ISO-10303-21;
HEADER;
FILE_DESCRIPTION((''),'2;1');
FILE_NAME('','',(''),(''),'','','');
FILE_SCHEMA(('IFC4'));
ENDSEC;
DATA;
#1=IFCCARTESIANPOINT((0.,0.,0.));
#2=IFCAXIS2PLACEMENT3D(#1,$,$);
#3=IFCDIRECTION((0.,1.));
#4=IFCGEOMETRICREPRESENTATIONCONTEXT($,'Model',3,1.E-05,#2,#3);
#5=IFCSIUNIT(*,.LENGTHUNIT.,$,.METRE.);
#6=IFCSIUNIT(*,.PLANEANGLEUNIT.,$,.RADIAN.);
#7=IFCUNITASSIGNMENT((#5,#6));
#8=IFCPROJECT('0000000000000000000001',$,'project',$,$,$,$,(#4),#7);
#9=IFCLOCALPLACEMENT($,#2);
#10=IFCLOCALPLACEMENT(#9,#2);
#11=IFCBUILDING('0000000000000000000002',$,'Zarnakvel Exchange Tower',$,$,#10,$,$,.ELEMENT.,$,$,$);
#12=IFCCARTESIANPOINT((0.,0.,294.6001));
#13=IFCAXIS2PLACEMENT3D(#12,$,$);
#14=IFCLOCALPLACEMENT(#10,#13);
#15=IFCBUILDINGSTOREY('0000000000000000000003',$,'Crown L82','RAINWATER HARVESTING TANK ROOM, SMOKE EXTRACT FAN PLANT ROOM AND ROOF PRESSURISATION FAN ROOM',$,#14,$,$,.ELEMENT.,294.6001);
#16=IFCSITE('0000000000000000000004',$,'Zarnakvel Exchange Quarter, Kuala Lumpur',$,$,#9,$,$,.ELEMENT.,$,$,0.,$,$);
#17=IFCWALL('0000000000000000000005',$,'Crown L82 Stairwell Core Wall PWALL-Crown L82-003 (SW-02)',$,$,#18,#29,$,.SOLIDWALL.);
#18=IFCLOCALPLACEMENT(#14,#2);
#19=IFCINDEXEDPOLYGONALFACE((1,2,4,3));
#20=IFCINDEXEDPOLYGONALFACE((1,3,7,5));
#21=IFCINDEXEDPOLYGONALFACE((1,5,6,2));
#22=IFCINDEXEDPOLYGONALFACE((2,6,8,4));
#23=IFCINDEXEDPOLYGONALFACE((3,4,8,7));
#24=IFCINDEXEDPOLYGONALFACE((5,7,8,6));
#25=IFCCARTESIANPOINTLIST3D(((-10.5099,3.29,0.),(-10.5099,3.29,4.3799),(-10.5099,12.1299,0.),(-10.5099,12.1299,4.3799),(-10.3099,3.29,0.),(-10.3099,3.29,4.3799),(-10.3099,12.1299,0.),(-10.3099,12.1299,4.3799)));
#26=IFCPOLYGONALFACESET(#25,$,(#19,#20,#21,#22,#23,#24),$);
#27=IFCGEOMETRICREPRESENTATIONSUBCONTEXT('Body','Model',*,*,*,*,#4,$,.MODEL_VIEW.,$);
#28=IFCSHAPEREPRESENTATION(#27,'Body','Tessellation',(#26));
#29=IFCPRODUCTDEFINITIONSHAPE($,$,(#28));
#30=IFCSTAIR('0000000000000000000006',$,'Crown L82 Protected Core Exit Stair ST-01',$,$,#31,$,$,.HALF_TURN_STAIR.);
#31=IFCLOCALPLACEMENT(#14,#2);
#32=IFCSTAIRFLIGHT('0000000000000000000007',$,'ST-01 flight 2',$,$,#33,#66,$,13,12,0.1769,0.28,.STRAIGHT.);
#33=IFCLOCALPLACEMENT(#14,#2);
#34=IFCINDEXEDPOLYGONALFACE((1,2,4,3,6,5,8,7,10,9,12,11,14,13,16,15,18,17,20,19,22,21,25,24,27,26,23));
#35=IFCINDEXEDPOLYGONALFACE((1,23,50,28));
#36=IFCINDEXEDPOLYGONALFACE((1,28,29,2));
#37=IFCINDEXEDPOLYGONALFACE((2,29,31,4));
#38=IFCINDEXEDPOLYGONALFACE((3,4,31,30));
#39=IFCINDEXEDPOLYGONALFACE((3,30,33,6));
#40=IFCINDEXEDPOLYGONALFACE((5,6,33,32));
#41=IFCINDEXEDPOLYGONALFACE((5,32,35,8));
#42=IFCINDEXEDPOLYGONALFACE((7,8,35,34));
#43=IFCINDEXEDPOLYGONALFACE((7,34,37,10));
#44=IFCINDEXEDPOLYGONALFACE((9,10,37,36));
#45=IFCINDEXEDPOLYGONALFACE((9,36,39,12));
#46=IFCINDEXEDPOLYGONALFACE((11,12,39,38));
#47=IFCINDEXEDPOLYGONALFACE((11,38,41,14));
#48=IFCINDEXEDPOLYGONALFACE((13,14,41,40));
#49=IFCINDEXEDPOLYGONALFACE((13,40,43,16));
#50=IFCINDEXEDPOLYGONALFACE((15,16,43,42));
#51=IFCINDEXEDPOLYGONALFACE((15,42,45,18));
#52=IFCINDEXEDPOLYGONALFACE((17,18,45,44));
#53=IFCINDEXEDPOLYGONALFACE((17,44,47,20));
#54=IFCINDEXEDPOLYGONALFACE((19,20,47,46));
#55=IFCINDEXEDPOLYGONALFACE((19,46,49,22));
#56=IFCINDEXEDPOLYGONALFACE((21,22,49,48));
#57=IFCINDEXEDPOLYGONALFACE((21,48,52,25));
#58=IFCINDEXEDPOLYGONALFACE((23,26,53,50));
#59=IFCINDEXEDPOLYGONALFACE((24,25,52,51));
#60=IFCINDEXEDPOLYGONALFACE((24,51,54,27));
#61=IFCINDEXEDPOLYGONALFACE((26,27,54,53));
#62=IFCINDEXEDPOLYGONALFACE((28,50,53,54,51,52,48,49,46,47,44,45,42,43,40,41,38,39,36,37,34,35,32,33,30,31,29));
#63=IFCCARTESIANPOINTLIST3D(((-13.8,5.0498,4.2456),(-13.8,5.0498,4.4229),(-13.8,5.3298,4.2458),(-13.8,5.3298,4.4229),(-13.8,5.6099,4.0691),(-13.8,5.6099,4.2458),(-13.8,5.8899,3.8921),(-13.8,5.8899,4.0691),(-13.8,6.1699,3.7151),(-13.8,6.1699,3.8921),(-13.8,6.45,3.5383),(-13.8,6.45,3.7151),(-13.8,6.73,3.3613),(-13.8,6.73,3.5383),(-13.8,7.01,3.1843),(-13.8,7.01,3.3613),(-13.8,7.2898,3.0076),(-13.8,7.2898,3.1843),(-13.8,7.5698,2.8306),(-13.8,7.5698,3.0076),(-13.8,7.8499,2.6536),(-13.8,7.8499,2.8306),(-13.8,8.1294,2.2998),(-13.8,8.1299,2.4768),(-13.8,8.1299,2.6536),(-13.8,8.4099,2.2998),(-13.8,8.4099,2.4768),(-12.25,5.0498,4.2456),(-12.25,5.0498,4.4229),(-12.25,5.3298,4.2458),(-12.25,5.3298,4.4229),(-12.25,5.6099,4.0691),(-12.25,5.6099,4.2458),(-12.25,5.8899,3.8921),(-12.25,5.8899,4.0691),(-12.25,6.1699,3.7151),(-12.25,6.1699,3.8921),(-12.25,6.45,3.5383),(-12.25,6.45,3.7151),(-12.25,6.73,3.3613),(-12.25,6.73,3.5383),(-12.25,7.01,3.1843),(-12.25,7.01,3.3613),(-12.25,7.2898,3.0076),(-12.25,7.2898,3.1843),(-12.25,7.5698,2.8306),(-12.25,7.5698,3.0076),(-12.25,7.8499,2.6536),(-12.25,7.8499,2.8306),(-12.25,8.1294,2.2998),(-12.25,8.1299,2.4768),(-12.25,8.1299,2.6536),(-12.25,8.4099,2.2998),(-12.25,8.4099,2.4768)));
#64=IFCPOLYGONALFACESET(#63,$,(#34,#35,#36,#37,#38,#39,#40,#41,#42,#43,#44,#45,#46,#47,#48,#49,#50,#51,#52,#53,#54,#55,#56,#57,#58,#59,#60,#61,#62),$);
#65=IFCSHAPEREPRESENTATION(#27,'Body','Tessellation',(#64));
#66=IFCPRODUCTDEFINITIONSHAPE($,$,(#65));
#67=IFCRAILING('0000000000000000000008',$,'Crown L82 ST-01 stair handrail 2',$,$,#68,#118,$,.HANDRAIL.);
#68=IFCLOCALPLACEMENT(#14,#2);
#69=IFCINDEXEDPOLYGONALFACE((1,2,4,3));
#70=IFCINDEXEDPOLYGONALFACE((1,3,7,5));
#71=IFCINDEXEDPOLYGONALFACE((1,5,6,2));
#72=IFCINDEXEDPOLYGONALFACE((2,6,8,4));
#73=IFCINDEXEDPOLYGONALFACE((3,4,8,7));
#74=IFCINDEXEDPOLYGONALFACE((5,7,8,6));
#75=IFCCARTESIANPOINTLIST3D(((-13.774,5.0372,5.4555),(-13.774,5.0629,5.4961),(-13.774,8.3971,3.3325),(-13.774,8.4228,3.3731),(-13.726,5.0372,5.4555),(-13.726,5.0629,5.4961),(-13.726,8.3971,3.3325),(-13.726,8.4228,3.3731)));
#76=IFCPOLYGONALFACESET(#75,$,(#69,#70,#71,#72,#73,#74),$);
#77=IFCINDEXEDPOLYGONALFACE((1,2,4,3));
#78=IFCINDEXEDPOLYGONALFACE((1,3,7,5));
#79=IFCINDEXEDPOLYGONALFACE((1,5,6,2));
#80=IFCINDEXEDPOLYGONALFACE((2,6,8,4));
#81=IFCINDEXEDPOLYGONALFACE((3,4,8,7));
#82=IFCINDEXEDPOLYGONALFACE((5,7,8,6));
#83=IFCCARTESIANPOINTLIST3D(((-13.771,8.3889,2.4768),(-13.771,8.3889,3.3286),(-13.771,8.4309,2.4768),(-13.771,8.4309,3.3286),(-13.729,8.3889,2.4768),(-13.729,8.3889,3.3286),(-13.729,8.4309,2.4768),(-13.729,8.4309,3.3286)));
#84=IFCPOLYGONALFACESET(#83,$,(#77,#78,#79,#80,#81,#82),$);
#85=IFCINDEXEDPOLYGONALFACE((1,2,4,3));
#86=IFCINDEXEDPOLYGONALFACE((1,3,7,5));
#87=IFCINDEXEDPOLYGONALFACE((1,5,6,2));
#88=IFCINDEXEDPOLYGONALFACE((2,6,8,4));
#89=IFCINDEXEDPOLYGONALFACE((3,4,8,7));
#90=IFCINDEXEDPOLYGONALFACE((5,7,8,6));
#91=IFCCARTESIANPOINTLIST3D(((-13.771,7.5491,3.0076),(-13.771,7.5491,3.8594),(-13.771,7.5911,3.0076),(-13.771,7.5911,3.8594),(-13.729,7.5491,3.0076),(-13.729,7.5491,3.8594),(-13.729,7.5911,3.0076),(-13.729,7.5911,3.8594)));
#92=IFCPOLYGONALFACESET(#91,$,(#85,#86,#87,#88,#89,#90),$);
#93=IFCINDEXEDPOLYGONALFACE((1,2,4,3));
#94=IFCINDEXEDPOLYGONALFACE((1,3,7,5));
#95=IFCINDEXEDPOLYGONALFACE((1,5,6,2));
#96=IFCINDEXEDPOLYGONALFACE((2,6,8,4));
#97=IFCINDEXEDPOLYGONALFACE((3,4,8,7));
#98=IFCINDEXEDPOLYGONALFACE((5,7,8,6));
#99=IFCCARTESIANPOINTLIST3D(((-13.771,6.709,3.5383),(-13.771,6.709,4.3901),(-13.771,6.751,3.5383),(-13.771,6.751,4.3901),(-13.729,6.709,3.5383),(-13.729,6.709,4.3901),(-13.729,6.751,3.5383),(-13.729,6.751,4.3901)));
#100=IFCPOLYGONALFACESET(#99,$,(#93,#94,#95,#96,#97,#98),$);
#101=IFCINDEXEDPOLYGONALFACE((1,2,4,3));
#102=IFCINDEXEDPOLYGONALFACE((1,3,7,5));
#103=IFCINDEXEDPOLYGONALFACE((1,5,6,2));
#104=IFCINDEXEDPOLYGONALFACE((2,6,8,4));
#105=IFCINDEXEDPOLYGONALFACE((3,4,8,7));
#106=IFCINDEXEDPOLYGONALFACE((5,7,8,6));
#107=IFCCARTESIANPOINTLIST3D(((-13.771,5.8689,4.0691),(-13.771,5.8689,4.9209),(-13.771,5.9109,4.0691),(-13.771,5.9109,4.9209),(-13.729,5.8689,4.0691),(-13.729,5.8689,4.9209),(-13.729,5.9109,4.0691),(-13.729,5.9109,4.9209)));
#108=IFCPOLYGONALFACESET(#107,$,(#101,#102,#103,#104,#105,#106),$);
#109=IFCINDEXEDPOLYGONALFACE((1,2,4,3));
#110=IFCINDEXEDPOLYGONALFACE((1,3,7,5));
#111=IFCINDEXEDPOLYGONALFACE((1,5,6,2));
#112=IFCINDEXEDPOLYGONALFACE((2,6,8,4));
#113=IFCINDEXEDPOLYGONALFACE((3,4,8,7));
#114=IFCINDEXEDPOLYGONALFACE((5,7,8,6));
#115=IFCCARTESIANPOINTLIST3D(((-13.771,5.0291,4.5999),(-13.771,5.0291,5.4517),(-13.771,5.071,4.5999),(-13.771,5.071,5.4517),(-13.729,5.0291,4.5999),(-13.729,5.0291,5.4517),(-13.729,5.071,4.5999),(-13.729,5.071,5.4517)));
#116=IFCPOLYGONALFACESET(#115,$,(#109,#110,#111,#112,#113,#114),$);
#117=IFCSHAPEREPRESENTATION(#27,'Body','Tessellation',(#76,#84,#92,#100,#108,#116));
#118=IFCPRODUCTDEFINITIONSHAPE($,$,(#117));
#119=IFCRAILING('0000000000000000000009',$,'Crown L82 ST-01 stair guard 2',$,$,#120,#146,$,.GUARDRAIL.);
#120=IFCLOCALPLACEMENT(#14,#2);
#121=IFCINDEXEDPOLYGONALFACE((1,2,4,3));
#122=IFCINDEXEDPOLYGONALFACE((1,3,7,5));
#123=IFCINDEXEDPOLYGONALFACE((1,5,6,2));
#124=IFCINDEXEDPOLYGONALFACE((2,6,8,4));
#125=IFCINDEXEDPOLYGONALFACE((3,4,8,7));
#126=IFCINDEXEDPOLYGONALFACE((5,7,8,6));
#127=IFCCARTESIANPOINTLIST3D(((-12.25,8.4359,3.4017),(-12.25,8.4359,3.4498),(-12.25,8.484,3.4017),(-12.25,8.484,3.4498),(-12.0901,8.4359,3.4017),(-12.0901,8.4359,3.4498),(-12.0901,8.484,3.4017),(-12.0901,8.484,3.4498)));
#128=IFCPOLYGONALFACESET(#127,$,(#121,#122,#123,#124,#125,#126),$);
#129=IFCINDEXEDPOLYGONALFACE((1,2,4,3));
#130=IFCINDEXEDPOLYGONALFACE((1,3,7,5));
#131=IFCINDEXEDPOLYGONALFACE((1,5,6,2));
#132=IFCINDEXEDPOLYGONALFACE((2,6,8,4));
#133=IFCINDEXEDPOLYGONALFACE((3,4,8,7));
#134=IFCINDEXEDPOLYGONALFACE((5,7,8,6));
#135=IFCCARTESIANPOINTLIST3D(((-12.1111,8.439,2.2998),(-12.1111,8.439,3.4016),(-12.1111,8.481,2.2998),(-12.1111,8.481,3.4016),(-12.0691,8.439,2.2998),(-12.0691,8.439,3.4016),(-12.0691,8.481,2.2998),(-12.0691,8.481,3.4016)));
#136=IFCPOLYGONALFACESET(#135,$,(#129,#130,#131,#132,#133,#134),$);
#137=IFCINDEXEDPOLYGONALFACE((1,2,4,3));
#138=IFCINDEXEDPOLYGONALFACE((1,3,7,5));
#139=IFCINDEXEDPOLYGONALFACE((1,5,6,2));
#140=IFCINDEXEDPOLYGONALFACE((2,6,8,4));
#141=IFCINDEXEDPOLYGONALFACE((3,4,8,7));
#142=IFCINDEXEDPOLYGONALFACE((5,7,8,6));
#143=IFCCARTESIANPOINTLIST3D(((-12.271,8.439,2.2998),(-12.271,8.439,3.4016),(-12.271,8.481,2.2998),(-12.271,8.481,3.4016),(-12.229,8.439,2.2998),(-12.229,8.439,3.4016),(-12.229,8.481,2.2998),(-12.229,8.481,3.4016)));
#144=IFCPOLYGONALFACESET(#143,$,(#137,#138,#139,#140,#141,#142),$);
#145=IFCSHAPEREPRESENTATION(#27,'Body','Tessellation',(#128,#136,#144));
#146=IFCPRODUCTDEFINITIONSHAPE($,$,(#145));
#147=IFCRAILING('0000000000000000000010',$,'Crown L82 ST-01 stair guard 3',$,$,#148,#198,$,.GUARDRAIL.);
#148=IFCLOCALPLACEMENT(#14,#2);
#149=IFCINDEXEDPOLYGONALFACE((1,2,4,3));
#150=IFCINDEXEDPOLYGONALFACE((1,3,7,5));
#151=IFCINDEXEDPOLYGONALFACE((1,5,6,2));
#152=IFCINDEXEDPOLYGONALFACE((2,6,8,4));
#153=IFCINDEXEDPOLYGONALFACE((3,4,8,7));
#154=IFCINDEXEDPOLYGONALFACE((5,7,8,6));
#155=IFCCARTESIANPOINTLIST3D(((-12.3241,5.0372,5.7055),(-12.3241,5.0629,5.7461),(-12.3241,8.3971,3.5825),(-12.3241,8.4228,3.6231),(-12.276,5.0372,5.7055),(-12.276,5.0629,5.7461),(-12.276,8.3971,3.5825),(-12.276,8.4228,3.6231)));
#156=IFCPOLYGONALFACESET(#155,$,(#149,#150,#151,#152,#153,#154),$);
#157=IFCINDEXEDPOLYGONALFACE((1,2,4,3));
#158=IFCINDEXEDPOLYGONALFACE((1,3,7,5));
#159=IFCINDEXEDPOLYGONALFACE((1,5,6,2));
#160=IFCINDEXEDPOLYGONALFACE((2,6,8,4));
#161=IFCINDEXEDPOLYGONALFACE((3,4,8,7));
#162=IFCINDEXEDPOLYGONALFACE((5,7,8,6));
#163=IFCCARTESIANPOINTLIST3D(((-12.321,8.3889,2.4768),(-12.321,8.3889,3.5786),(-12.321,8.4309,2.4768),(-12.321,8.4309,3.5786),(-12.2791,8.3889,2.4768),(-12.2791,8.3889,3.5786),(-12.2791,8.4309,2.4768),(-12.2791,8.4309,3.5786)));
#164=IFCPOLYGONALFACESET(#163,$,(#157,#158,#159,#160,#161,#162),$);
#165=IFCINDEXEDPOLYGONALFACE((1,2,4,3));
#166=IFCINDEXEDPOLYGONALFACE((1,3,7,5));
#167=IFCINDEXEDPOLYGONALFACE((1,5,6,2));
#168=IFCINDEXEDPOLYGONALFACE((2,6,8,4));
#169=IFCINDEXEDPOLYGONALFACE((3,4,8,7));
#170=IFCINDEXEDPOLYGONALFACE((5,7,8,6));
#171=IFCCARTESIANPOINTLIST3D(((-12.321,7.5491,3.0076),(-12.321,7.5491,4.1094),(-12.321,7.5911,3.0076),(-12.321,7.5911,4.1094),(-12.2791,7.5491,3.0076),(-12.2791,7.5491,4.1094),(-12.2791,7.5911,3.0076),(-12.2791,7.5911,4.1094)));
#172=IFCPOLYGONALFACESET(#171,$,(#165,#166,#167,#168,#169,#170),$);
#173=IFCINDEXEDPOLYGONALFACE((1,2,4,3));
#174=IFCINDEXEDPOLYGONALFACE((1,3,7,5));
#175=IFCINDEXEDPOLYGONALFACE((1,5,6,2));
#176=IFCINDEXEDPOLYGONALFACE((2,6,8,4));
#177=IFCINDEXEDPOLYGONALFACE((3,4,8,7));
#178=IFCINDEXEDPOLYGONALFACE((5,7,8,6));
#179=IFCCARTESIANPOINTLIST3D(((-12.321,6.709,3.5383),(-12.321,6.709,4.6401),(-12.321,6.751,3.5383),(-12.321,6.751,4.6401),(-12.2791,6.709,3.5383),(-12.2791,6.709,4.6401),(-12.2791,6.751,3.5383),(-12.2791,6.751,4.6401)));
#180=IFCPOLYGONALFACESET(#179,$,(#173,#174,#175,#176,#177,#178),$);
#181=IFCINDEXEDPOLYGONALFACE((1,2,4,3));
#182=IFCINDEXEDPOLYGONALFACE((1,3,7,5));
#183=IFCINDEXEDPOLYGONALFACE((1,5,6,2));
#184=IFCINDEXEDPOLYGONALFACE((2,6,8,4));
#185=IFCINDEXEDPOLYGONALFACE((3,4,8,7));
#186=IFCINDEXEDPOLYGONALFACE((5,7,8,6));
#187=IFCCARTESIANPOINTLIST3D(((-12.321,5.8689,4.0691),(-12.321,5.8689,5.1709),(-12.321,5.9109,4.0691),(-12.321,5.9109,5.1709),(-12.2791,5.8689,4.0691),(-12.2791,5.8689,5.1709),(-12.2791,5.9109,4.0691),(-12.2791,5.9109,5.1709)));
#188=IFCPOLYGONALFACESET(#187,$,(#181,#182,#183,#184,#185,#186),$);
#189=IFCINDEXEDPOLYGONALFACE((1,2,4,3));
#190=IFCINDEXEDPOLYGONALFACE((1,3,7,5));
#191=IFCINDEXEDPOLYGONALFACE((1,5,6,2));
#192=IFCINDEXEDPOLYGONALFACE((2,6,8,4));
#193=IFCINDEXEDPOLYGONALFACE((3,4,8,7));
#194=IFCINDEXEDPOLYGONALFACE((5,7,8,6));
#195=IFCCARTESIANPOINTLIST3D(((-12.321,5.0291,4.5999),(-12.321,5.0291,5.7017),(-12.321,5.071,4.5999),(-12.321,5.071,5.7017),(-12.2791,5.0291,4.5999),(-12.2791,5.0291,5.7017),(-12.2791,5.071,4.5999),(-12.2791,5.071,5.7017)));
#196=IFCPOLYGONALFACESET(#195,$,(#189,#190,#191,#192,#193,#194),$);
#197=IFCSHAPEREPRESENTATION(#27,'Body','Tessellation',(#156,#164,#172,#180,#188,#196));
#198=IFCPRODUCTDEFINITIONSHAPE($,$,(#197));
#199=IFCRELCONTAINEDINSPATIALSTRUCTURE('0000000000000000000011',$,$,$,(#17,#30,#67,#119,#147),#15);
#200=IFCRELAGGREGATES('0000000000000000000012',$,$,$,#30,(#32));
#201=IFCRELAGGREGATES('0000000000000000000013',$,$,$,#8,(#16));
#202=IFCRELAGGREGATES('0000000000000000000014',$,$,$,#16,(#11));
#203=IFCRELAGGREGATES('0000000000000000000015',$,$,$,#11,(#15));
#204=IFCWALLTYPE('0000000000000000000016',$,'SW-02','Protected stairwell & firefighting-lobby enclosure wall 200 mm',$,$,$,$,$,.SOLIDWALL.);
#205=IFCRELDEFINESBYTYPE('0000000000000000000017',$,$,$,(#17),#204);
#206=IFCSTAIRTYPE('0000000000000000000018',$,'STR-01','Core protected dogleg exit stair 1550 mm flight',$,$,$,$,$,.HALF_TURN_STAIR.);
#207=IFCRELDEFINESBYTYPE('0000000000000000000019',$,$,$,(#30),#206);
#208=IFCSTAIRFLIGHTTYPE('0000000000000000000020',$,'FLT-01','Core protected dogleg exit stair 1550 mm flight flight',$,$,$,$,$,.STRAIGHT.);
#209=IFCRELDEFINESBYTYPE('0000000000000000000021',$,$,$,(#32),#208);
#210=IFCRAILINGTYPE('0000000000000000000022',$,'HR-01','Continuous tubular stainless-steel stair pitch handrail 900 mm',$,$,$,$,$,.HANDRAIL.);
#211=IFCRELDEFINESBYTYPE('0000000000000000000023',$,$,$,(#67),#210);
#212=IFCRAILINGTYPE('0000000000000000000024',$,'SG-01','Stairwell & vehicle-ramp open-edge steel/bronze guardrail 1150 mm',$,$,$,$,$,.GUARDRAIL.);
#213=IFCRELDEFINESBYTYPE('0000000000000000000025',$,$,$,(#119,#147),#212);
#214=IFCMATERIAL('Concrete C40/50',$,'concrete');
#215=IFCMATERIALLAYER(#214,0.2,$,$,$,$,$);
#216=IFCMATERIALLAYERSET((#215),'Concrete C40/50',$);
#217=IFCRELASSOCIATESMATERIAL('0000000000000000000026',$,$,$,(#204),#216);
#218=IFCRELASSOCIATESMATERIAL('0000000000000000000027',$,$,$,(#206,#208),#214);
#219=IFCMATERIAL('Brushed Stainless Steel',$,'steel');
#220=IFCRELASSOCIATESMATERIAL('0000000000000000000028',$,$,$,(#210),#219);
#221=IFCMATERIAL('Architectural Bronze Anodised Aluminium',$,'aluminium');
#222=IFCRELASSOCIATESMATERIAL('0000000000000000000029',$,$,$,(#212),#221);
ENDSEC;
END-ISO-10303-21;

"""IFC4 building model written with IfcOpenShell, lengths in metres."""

from ifc_helpers import new_model, si_unit, direction, frame, frame_2d, origin, origin_2d, place, context, subcontext, project, spatial, polyline, rectangle, outline, extrude, material, layer, layer_set, type_object, element, aggregate, save


model = new_model("IFC4")

# Units and contexts
model_context = context("Model", 3, precision=1e-05, world=origin(), true_north=direction((0.0, 1.0)))
body_context = subcontext(model_context, "Body", "Model", "MODEL_VIEW")
ifc_project = project(units=[si_unit("LENGTHUNIT", "METRE"), si_unit("PLANEANGLEUNIT", "RADIAN")], contexts=[model_context])

# Site, building, storey
site_placement = place(None, origin())
site = spatial("IfcSite", under=ifc_project, at=site_placement, Name="Zarnakvel Exchange Quarter, Kuala Lumpur", CompositionType="ELEMENT", RefElevation=0.0)
building_placement = place(site_placement, origin())
building = spatial("IfcBuilding", under=site, at=building_placement, Name="Zarnakvel Exchange Tower", CompositionType="ELEMENT")
storey_placement = place(building_placement, frame((0.0, 0.0, 294.6001)))
storey = spatial("IfcBuildingStorey", under=building, at=storey_placement, Name="Crown L82", Description="RAINWATER HARVESTING TANK ROOM, SMOKE EXTRACT FAN PLANT ROOM AND ROOF PRESSURISATION FAN ROOM", CompositionType="ELEMENT", Elevation=294.6001)

# Shared definitions
ifc_material_1 = material(Name="Architectural Bronze Anodised Aluminium", Category="aluminium")

# Wall
ifc_material_2 = material(Name="Concrete C40/50", Category="concrete")
ifc_layer_1 = layer(ifc_material_2, 0.2)
ifc_layer_set_1 = layer_set([ifc_layer_1], Name="Concrete C40/50")
wall_type_1 = type_object("IfcWallType", Name="SW-02", Description="Protected stairwell & firefighting-lobby enclosure wall 200 mm", PredefinedType="SOLIDWALL", material=ifc_layer_set_1)
wall_1_placement = place(storey_placement, frame((-10.4099, 12.1299, 0.0), z_axis=(0.0, 0.0, 1.0), x_axis=(0.0, -1.0, 0.0)))
element("IfcWall", 1, at=wall_1_placement, inside=storey, type_object=wall_type_1, Name="Crown L82 Stairwell Core Wall PWALL-Crown L82-003 (SW-02)", PredefinedType="SOLIDWALL", context=body_context, shape_type="SweptSolid", body=[
    extrude(rectangle(XDim=8.8398, YDim=0.2, at=frame_2d((4.4199, 0.0))), origin(), (0.0, 0.0, 1.0), 4.3799),
])

# Stair, stair flight
stair_type = type_object("IfcStairType", Name="STR-01", Description="Core protected dogleg exit stair 1550 mm flight", PredefinedType="HALF_TURN_STAIR", material=ifc_material_2)
stair_placement = place(storey_placement, origin())
stair = element("IfcStair", 2, at=stair_placement, inside=storey, type_object=stair_type, Name="Crown L82 Protected Core Exit Stair ST-01", PredefinedType="HALF_TURN_STAIR")
stair_flight_type = type_object("IfcStairFlightType", Name="FLT-01", Description="Core protected dogleg exit stair 1550 mm flight flight", PredefinedType="STRAIGHT", material=ifc_material_2)
stair_flight_placement = place(storey_placement, frame((-13.0249, 8.4099, 2.2998), z_axis=(0.0, 0.0, 1.0), x_axis=(0.0, -1.0, 0.0)))
stair_flight = element("IfcStairFlight", 3, at=stair_flight_placement, type_object=stair_flight_type, Name="ST-01 flight 2", NumberOfRisers=13, NumberOfTreads=12, PredefinedType="STRAIGHT", RiserHeight=0.1769, TreadLength=0.28, context=body_context, shape_type="SweptSolid", body=[
    extrude(outline(polyline([(0.0, 0.0), (0.0, 0.177), (0.28, 0.177), (0.28, 0.3538), (0.5601, 0.3538), (0.5601, 0.5308), (0.8401, 0.5308), (0.8401, 0.7078), (1.1201, 0.7078), (1.1201, 0.8845), (1.3999, 0.8845), (1.3999, 1.0615), (1.6799, 1.0615), (1.6799, 1.2385), (1.96, 1.2385), (1.96, 1.4153), (2.24, 1.4153), (2.24, 1.5923), (2.52, 1.5923), (2.52, 1.7693), (2.8, 1.7693), (2.8, 1.946), (3.0801, 1.946), (3.0801, 2.123), (3.3601, 2.123), (3.3601, 2.3), (3.3601, 1.9458), (0.2805, 0.0), (0.0, 0.0)])), frame((0.0, 0.7749, 0.0), z_axis=(0.0, -1.0, 0.0), x_axis=(1.0, 0.0, 0.0)), (0.0, 0.0, 1.0), 1.55),
])
aggregate(stair, [stair_flight])

# Railings
ifc_material_3 = material(Name="Brushed Stainless Steel", Category="steel")
railing_type_1 = type_object("IfcRailingType", Name="HR-01", Description="Continuous tubular stainless-steel stair pitch handrail 900 mm", PredefinedType="HANDRAIL", material=ifc_material_3)
railing_1_placement = place(storey_placement, frame((-13.75, 8.4099, 2.4768)))
element("IfcRailing", 4, at=railing_1_placement, inside=storey, type_object=railing_type_1, Name="Crown L82 ST-01 stair handrail 2", PredefinedType="HANDRAIL", context=body_context, shape_type="SweptSolid", body=[
    extrude(rectangle(XDim=0.0481, YDim=0.0481, at=origin_2d()), frame((0.0, 0.0, 0.876), z_axis=(0.0, -0.845372, 0.534178), x_axis=(1.0, 0.0, 0.0)), (0.0, 0.0, 1.0), 3.9744),
    extrude(rectangle(XDim=0.042, YDim=0.042, at=origin_2d()), origin(), (0.0, 0.0, 1.0), 0.8518),
    extrude(rectangle(XDim=0.042, YDim=0.042, at=origin_2d()), frame((0.0, -0.8398, 0.5308)), (0.0, 0.0, 1.0), 0.8518),
    extrude(rectangle(XDim=0.042, YDim=0.042, at=origin_2d()), frame((0.0, -1.6799, 1.0615)), (0.0, 0.0, 1.0), 0.8518),
    extrude(rectangle(XDim=0.042, YDim=0.042, at=origin_2d()), frame((0.0, -2.52, 1.5923)), (0.0, 0.0, 1.0), 0.8518),
    extrude(rectangle(XDim=0.042, YDim=0.042, at=origin_2d()), frame((0.0, -3.3599, 2.123)), (0.0, 0.0, 1.0), 0.8518),
])
railing_type_2 = type_object("IfcRailingType", Name="SG-01", Description="Stairwell & vehicle-ramp open-edge steel/bronze guardrail 1150 mm", PredefinedType="GUARDRAIL", material=ifc_material_1)
railing_2_placement = place(storey_placement, frame((-12.0901, 8.46, 2.2998)))
element("IfcRailing", 5, at=railing_2_placement, inside=storey, type_object=railing_type_2, Name="Crown L82 ST-01 stair guard 2", PredefinedType="GUARDRAIL", context=body_context, shape_type="SweptSolid", body=[
    extrude(rectangle(XDim=0.0481, YDim=0.0481, at=origin_2d()), frame((0.0, 0.0, 1.126), z_axis=(-1.0, 0.0, 0.0), x_axis=(0.0, -1.0, 0.0)), (0.0, 0.0, 1.0), 0.1599),
    extrude(rectangle(XDim=0.042, YDim=0.042, at=origin_2d()), origin(), (0.0, 0.0, 1.0), 1.1018),
    extrude(rectangle(XDim=0.042, YDim=0.042, at=origin_2d()), frame((-0.1599, 0.0, 0.0)), (0.0, 0.0, 1.0), 1.1018),
])
railing_3_placement = place(storey_placement, frame((-12.3, 8.4099, 2.4768)))
element("IfcRailing", 6, at=railing_3_placement, inside=storey, type_object=railing_type_2, Name="Crown L82 ST-01 stair guard 3", PredefinedType="GUARDRAIL", context=body_context, shape_type="SweptSolid", body=[
    extrude(rectangle(XDim=0.0481, YDim=0.0481, at=origin_2d()), frame((0.0, 0.0, 1.126), z_axis=(0.0, -0.845372, 0.534178), x_axis=(1.0, 0.0, 0.0)), (0.0, 0.0, 1.0), 3.9744),
    extrude(rectangle(XDim=0.042, YDim=0.042, at=origin_2d()), origin(), (0.0, 0.0, 1.0), 1.1018),
    extrude(rectangle(XDim=0.042, YDim=0.042, at=origin_2d()), frame((0.0, -0.8398, 0.5308)), (0.0, 0.0, 1.0), 1.1018),
    extrude(rectangle(XDim=0.042, YDim=0.042, at=origin_2d()), frame((0.0, -1.6799, 1.0615)), (0.0, 0.0, 1.0), 1.1018),
    extrude(rectangle(XDim=0.042, YDim=0.042, at=origin_2d()), frame((0.0, -2.52, 1.5923)), (0.0, 0.0, 1.0), 1.1018),
    extrude(rectangle(XDim=0.042, YDim=0.042, at=origin_2d()), frame((0.0, -3.3599, 2.123)), (0.0, 0.0, 1.0), 1.1018),
])

save(model, "model.ifc")
